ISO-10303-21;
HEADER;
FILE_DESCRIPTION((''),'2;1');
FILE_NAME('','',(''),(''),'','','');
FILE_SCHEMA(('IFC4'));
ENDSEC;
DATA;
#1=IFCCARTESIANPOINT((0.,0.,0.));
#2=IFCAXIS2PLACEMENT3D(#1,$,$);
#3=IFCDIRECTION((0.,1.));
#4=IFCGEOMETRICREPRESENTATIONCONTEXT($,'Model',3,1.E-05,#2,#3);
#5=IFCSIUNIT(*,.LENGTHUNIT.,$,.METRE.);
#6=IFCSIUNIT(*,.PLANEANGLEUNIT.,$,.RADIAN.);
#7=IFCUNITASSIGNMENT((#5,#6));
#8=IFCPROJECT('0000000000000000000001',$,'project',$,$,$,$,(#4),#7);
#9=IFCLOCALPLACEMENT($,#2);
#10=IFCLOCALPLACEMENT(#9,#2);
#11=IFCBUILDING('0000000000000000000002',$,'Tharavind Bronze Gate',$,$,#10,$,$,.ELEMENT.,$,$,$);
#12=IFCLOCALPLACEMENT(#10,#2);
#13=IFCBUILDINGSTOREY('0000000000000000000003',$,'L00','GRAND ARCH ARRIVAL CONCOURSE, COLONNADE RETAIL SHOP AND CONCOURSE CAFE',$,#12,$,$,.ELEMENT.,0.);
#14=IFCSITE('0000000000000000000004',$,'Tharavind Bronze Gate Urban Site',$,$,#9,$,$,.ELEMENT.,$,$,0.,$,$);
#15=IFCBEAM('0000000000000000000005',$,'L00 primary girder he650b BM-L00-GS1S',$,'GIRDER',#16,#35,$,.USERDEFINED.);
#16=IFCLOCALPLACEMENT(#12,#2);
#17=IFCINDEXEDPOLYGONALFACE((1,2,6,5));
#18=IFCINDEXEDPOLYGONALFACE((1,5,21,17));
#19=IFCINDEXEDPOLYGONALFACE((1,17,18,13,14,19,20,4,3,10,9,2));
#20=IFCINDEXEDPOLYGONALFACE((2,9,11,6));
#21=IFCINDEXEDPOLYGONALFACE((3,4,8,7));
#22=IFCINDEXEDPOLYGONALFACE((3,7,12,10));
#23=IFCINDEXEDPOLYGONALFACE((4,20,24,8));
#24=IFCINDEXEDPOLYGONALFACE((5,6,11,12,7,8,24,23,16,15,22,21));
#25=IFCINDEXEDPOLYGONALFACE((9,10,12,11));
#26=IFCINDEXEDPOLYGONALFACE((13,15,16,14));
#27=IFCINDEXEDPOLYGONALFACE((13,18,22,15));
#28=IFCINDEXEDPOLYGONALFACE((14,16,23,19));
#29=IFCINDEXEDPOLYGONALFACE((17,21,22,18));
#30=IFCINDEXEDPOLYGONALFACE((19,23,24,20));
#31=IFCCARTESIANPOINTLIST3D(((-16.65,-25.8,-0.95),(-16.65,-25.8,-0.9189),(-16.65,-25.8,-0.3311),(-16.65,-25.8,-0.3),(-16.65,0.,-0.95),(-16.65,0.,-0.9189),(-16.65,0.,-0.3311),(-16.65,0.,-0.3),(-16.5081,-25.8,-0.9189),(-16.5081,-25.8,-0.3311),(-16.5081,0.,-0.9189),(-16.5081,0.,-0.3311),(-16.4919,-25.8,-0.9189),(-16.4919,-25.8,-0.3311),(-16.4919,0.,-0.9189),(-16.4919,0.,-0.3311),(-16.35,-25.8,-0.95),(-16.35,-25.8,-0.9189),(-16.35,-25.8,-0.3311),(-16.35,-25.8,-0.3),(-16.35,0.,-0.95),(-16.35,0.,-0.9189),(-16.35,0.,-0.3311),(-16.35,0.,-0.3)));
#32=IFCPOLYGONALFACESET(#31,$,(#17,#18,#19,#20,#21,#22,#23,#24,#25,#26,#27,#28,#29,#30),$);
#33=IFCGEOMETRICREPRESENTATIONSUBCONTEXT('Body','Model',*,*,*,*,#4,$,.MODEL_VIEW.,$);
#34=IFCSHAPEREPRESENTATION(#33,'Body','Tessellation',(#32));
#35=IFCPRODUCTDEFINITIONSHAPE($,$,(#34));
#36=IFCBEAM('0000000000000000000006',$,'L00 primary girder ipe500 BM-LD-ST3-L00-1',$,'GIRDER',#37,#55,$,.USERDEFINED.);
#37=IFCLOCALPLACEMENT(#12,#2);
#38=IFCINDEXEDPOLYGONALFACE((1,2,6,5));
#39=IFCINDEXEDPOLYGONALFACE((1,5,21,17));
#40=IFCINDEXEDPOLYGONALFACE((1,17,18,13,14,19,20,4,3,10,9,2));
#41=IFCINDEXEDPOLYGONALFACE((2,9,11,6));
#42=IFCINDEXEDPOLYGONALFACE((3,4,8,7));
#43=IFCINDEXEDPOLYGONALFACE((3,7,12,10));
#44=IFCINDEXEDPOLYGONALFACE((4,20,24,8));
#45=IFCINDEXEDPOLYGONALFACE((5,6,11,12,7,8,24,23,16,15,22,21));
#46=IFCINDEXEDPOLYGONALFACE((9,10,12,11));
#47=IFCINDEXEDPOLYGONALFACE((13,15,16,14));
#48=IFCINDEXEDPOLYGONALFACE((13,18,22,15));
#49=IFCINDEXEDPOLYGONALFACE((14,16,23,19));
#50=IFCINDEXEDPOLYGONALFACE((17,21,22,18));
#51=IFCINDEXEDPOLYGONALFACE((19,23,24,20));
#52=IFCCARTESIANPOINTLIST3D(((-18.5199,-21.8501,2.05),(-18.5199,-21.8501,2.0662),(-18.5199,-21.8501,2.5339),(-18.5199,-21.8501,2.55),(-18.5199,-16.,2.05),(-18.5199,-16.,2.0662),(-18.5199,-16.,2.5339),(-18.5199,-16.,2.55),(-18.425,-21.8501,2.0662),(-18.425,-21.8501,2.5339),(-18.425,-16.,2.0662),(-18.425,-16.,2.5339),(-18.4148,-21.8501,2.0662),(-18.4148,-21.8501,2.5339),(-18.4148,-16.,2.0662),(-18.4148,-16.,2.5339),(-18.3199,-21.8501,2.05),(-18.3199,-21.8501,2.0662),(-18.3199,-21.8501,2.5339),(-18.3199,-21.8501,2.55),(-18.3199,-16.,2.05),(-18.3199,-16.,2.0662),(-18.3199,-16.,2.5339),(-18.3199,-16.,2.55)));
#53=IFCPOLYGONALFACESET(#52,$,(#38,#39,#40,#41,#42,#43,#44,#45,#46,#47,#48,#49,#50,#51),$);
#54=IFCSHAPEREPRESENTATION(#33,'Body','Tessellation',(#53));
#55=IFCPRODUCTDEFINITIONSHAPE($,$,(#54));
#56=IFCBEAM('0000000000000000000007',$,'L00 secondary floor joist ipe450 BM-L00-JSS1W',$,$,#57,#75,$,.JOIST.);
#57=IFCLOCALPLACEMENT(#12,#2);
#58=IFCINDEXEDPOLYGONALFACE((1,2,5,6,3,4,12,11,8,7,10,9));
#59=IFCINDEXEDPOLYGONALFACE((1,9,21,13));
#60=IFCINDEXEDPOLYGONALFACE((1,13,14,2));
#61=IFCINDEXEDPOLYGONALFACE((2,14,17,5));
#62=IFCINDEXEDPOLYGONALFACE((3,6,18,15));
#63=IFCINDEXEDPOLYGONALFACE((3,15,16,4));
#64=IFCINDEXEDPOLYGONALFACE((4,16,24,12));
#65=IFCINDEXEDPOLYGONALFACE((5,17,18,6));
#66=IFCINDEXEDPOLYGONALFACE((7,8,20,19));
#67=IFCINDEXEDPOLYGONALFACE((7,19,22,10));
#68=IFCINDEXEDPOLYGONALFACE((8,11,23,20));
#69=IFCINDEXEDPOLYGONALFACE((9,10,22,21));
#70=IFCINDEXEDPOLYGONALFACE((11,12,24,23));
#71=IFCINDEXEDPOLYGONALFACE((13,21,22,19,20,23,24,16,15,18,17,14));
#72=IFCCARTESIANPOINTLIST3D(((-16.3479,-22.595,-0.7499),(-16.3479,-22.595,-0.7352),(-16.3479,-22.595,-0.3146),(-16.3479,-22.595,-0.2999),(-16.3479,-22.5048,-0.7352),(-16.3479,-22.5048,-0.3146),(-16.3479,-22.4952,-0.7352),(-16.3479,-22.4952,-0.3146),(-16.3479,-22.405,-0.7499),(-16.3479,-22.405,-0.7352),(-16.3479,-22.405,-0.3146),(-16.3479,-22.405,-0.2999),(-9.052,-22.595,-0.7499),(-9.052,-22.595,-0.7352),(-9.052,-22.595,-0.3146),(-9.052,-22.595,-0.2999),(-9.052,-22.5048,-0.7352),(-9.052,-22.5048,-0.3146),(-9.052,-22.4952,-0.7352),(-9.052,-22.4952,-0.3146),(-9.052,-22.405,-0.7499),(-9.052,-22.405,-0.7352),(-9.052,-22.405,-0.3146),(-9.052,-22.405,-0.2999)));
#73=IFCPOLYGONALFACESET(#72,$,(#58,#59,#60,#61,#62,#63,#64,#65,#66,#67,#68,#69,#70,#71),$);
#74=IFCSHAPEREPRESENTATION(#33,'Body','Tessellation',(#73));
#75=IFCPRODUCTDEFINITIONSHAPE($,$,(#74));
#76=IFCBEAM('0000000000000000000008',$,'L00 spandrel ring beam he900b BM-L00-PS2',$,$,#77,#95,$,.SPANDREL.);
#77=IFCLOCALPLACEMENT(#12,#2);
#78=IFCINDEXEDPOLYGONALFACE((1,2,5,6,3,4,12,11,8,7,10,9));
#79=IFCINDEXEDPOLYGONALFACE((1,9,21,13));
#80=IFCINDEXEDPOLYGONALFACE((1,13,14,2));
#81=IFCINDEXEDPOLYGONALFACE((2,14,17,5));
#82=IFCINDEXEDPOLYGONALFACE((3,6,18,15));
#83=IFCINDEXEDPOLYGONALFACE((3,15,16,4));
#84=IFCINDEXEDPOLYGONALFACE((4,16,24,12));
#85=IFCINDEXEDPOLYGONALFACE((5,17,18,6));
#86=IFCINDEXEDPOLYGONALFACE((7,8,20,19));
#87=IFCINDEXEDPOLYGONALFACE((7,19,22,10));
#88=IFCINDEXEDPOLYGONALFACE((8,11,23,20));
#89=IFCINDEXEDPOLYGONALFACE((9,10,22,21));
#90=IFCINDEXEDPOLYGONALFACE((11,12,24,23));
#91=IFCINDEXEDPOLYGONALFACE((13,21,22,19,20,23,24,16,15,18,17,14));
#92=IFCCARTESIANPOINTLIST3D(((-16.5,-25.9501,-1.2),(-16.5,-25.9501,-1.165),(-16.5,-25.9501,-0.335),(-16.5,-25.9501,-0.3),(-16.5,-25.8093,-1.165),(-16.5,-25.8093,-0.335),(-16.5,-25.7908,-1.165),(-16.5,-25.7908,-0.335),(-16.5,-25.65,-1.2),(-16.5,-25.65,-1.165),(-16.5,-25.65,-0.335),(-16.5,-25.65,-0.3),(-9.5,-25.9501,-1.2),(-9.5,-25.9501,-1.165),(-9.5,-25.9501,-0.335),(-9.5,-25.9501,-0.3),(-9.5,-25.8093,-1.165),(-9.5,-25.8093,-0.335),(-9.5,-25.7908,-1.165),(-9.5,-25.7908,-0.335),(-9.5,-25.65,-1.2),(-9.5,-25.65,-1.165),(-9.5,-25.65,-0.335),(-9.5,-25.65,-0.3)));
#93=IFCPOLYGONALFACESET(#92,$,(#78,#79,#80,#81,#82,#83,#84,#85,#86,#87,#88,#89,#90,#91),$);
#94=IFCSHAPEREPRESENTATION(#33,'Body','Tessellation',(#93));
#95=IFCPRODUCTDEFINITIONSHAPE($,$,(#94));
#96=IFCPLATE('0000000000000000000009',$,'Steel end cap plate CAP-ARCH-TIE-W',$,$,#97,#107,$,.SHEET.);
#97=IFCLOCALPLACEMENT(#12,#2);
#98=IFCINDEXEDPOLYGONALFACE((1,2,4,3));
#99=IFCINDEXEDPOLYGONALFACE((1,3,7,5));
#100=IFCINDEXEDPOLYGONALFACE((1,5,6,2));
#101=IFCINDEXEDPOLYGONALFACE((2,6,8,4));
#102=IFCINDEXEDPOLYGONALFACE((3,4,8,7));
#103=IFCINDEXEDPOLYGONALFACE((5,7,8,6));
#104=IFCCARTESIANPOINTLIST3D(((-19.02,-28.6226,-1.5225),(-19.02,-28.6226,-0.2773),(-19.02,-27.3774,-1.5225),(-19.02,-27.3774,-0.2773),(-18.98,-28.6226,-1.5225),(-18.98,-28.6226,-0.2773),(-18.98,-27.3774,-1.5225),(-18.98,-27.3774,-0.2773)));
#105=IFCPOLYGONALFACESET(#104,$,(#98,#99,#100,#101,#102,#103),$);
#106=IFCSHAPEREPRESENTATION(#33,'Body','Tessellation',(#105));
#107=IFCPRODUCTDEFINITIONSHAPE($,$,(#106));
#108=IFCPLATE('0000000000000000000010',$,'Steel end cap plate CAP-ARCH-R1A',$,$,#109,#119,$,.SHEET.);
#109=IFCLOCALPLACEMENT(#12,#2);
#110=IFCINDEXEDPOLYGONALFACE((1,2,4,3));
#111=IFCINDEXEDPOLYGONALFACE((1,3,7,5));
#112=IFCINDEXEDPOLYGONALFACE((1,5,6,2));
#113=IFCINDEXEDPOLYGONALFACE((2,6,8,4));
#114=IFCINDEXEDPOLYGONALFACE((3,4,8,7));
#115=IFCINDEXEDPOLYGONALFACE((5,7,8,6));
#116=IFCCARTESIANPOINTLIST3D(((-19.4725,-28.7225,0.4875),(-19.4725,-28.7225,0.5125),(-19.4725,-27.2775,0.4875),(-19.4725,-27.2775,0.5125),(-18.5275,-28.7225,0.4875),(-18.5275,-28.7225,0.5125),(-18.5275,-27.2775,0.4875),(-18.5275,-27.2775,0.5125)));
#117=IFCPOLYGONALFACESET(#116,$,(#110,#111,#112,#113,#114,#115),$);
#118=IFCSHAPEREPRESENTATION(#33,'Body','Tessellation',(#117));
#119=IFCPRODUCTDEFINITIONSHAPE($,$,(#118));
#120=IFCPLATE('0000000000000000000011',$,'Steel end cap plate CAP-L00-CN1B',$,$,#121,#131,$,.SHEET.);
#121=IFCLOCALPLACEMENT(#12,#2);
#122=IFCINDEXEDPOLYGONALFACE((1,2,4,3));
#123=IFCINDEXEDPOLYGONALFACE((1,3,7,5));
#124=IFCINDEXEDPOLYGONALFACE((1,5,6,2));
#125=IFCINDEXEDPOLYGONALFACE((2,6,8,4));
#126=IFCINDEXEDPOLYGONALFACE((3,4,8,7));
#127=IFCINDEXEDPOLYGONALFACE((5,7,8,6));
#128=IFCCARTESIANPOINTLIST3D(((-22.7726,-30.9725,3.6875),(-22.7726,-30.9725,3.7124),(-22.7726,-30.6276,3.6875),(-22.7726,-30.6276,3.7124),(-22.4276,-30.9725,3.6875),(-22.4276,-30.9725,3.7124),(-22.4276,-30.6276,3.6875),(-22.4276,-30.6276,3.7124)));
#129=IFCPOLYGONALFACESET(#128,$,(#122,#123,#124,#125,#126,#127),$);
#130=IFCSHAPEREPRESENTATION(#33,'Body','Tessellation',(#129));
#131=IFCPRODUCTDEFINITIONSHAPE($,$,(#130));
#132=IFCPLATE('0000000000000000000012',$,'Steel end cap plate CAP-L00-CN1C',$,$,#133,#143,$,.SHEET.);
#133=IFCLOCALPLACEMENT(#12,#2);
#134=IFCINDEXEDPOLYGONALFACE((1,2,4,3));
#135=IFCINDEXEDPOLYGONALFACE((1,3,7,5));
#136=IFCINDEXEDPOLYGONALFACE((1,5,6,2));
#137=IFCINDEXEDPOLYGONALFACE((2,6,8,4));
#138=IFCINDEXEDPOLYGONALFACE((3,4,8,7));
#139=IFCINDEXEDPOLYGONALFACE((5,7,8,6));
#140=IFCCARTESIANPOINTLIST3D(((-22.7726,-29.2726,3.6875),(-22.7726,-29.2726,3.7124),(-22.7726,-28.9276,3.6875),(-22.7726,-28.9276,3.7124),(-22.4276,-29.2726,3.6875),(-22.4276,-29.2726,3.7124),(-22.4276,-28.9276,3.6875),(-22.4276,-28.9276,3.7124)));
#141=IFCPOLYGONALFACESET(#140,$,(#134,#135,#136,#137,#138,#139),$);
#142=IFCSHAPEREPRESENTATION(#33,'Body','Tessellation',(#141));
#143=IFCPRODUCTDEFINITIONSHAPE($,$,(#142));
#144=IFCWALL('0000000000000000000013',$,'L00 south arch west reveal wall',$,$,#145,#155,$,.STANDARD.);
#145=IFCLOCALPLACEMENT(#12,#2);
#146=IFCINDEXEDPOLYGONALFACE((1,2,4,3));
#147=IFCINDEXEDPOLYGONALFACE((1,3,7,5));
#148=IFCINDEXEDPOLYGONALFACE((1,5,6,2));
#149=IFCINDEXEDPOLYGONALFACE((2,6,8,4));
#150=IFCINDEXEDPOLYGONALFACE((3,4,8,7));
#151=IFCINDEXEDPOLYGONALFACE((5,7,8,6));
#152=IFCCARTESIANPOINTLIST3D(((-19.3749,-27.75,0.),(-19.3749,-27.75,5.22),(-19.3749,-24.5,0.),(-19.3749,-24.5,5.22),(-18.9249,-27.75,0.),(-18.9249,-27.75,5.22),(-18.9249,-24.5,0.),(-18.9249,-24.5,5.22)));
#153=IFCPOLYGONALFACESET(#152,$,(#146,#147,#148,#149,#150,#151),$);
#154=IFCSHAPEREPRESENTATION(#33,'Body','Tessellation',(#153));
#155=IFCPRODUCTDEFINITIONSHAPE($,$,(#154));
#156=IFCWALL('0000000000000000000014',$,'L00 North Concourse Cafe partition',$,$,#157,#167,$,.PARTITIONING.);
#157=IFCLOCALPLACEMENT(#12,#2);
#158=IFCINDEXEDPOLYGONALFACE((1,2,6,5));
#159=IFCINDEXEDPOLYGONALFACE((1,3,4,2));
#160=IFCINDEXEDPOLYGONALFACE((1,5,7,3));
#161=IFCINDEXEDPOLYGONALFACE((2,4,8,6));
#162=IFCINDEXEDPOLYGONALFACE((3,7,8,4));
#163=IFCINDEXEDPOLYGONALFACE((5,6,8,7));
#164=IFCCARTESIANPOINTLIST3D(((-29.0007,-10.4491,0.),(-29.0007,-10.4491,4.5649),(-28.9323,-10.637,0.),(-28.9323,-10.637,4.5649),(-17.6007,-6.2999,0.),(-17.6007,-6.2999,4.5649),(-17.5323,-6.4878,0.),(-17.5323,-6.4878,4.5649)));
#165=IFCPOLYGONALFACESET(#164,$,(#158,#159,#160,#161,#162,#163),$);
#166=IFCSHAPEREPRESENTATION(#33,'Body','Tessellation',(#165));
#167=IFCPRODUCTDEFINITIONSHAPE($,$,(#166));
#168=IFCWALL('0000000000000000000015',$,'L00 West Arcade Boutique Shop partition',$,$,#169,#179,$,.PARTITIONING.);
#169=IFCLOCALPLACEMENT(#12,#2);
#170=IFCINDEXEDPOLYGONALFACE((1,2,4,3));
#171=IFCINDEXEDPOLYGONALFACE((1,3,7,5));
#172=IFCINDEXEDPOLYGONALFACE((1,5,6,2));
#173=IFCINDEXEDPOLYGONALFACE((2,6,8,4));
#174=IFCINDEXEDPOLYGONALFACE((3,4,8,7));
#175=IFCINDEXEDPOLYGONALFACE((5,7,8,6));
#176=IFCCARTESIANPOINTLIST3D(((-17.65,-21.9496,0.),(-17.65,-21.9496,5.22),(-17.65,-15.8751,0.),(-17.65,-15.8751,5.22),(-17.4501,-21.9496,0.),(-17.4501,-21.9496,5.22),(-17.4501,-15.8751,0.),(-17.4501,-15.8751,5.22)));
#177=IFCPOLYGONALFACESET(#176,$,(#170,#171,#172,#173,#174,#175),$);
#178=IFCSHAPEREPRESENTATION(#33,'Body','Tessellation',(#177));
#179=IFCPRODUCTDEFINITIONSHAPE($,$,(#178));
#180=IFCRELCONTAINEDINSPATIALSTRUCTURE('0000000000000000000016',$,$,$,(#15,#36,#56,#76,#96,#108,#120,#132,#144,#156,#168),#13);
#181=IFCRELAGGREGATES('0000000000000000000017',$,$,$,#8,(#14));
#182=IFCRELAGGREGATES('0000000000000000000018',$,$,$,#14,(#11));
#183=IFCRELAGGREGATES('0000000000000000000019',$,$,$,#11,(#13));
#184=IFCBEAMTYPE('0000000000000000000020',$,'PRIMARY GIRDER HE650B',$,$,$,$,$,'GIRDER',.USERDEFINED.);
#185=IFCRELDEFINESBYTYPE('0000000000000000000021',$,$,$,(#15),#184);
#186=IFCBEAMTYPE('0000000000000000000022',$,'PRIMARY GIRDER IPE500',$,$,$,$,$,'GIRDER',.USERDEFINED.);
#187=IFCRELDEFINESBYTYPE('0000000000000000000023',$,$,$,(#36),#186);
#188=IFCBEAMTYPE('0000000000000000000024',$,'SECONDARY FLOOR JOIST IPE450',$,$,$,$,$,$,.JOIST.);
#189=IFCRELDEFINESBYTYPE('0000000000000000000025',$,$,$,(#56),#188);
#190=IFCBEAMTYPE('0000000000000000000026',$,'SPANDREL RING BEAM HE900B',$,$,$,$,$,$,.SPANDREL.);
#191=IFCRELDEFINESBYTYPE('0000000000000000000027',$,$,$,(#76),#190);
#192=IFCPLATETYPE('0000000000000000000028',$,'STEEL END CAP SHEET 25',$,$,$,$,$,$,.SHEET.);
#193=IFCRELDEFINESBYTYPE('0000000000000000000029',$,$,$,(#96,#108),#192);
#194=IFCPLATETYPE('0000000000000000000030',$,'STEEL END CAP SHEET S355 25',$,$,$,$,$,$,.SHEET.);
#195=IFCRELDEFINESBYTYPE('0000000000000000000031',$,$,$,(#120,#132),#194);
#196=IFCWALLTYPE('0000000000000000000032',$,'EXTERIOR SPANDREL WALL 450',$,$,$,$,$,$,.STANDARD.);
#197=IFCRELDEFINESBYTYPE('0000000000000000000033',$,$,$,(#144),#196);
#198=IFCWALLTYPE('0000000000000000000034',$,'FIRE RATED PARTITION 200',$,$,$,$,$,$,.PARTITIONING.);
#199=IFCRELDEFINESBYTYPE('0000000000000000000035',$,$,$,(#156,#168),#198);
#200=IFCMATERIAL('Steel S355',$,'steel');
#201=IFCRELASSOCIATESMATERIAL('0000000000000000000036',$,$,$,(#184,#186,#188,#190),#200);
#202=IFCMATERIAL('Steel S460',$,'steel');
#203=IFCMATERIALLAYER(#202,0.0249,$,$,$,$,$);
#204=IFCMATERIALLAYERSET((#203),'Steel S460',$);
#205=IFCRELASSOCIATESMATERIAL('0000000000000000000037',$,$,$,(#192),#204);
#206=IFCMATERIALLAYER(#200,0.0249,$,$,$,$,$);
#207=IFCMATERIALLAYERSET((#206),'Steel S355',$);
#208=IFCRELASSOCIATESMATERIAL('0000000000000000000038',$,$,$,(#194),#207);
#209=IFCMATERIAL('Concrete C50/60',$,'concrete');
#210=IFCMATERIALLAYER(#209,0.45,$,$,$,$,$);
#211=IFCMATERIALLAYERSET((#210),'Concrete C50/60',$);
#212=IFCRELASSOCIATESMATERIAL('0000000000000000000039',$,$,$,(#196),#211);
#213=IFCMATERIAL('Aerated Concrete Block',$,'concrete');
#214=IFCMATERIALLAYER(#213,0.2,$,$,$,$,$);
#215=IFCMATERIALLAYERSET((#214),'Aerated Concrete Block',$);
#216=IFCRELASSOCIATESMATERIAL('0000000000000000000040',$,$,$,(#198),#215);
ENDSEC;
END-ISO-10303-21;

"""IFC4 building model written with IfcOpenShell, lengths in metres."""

from ifc_helpers import new_model, si_unit, direction, frame, frame_2d, origin, origin_2d, place, context, subcontext, project, spatial, rectangle, i_section, extrude, material, layer, layer_set, material_profile, profile_set, type_object, element, save


model = new_model("IFC4")

# Units and contexts
model_context = context("Model", 3, precision=1e-05, world=origin(), true_north=direction((0.0, 1.0)))
body_context = subcontext(model_context, "Body", "Model", "MODEL_VIEW")
ifc_project = project(units=[si_unit("LENGTHUNIT", "METRE"), si_unit("PLANEANGLEUNIT", "RADIAN")], contexts=[model_context])

# Site, building, storey
site_placement = place(None, origin())
site = spatial("IfcSite", under=ifc_project, at=site_placement, Name="Tharavind Bronze Gate Urban Site", CompositionType="ELEMENT", RefElevation=0.0)
building_placement = place(site_placement, origin())
building = spatial("IfcBuilding", under=site, at=building_placement, Name="Tharavind Bronze Gate", CompositionType="ELEMENT")
storey_placement = place(building_placement, origin())
storey = spatial("IfcBuildingStorey", under=building, at=storey_placement, Name="L00", Description="GRAND ARCH ARRIVAL CONCOURSE, COLONNADE RETAIL SHOP AND CONCOURSE CAFE", CompositionType="ELEMENT", Elevation=0.0)

# Shared definitions
ifc_material_1 = material(Name="Steel S460", Category="steel")

# Beams
ifc_material_2 = material(Name="Steel S355", Category="steel")
ifc_material_profile_1 = material_profile(ifc_material_2, i_section(OverallWidth=0.3, OverallDepth=0.6499, WebThickness=0.0161, FlangeThickness=0.031, at=origin_2d()), Name="HE650B")
ifc_profile_set_1 = profile_set([ifc_material_profile_1], Name="Steel S355")
beam_type_1 = type_object("IfcBeamType", Name="PRIMARY GIRDER HE650B", ElementType="GIRDER", PredefinedType="USERDEFINED", material=ifc_profile_set_1)
beam_1_placement = place(storey_placement, frame((-16.5, -25.8, -0.625), z_axis=(0.0, 1.0, 0.0), x_axis=(-1.0, 0.0, 0.0)))
element("IfcBeam", 1, at=beam_1_placement, inside=storey, type_object=beam_type_1, Name="L00 primary girder he650b BM-L00-GS1S", ObjectType="GIRDER", PredefinedType="USERDEFINED", context=body_context, shape_type="SweptSolid", body=[
    extrude(i_section(OverallWidth=0.3, OverallDepth=0.6499, WebThickness=0.0161, FlangeThickness=0.031, at=origin_2d()), origin(), (0.0, 0.0, 1.0), 25.8),
])
ifc_material_profile_2 = material_profile(ifc_material_2, i_section(OverallWidth=0.2, OverallDepth=0.5, WebThickness=0.0103, FlangeThickness=0.0161, at=origin_2d()), Name="IPE500")
ifc_profile_set_2 = profile_set([ifc_material_profile_2], Name="Steel S355")
beam_type_2 = type_object("IfcBeamType", Name="PRIMARY GIRDER IPE500", ElementType="GIRDER", PredefinedType="USERDEFINED", material=ifc_profile_set_2)
beam_2_placement = place(storey_placement, frame((-18.4199, -21.8501, 2.3), z_axis=(0.0, 1.0, 0.0), x_axis=(-1.0, 0.0, 0.0)))
element("IfcBeam", 2, at=beam_2_placement, inside=storey, type_object=beam_type_2, Name="L00 primary girder ipe500 BM-LD-ST3-L00-1", ObjectType="GIRDER", PredefinedType="USERDEFINED", context=body_context, shape_type="SweptSolid", body=[
    extrude(i_section(OverallWidth=0.2, OverallDepth=0.5, WebThickness=0.0103, FlangeThickness=0.0161, at=origin_2d()), origin(), (0.0, 0.0, 1.0), 5.8501),
])
ifc_material_profile_3 = material_profile(ifc_material_2, i_section(OverallWidth=0.1899, OverallDepth=0.45, WebThickness=0.0095, FlangeThickness=0.0146, at=origin_2d()), Name="IPE450")
ifc_profile_set_3 = profile_set([ifc_material_profile_3], Name="Steel S355")
beam_type_3 = type_object("IfcBeamType", Name="SECONDARY FLOOR JOIST IPE450", PredefinedType="JOIST", material=ifc_profile_set_3)
beam_3_placement = place(storey_placement, frame((-16.3479, -22.5, -0.5249), z_axis=(1.0, 0.0, 0.0), x_axis=(0.0, 1.0, 0.0)))
element("IfcBeam", 3, at=beam_3_placement, inside=storey, type_object=beam_type_3, Name="L00 secondary floor joist ipe450 BM-L00-JSS1W", PredefinedType="JOIST", context=body_context, shape_type="SweptSolid", body=[
    extrude(i_section(OverallWidth=0.1899, OverallDepth=0.45, WebThickness=0.0095, FlangeThickness=0.0146, at=origin_2d()), origin(), (0.0, 0.0, 1.0), 7.2959),
])
ifc_material_profile_4 = material_profile(ifc_material_2, i_section(OverallWidth=0.3, OverallDepth=0.8999, WebThickness=0.0186, FlangeThickness=0.0349, at=origin_2d()), Name="HE900B")
ifc_profile_set_4 = profile_set([ifc_material_profile_4], Name="Steel S355")
beam_type_4 = type_object("IfcBeamType", Name="SPANDREL RING BEAM HE900B", PredefinedType="SPANDREL", material=ifc_profile_set_4)
beam_4_placement = place(storey_placement, frame((-16.5, -25.8, -0.75), z_axis=(1.0, 0.0, 0.0), x_axis=(0.0, 1.0, 0.0)))
element("IfcBeam", 4, at=beam_4_placement, inside=storey, type_object=beam_type_4, Name="L00 spandrel ring beam he900b BM-L00-PS2", PredefinedType="SPANDREL", context=body_context, shape_type="SweptSolid", body=[
    extrude(i_section(OverallWidth=0.3, OverallDepth=0.8999, WebThickness=0.0186, FlangeThickness=0.0349, at=origin_2d()), origin(), (0.0, 0.0, 1.0), 7.0),
])

# Plates
ifc_layer_1 = layer(ifc_material_1, 0.0249)
ifc_layer_set_1 = layer_set([ifc_layer_1], Name="Steel S460")
plate_type_1 = type_object("IfcPlateType", Name="STEEL END CAP SHEET 25", PredefinedType="SHEET", material=ifc_layer_set_1)
plate_1_placement = place(storey_placement, frame((-19.0, -28.0, -1.5225), z_axis=(0.0, 0.0, 1.0), x_axis=(1.0, 0.0, 0.0)))
element("IfcPlate", 5, at=plate_1_placement, inside=storey, type_object=plate_type_1, Name="Steel end cap plate CAP-ARCH-TIE-W", PredefinedType="SHEET", context=body_context, shape_type="SweptSolid", body=[
    extrude(rectangle(XDim=0.04, YDim=1.2451, at=origin_2d()), origin(), (0.0, 0.0, 1.0), 1.2451),
])
plate_2_placement = place(storey_placement, frame((-19.0, -28.0, 0.4875), z_axis=(0.0, 0.0, 1.0), x_axis=(1.0, 0.0, 0.0)))
element("IfcPlate", 6, at=plate_2_placement, inside=storey, type_object=plate_type_1, Name="Steel end cap plate CAP-ARCH-R1A", PredefinedType="SHEET", context=body_context, shape_type="SweptSolid", body=[
    extrude(rectangle(XDim=0.9451, YDim=1.4451, at=origin_2d()), origin(), (0.0, 0.0, 1.0), 0.0249),
])
ifc_layer_2 = layer(ifc_material_2, 0.0249)
ifc_layer_set_2 = layer_set([ifc_layer_2], Name="Steel S355")
plate_type_2 = type_object("IfcPlateType", Name="STEEL END CAP SHEET S355 25", PredefinedType="SHEET", material=ifc_layer_set_2)
for number, where, z_axis, x_axis, name in (
    (7, (-22.6001, -30.8, 3.6875), (0.0, 0.0, 1.0), (1.0, 0.0, 0.0), "Steel end cap plate CAP-L00-CN1B"),
    (8, (-22.6001, -29.1001, 3.6875), (0.0, 0.0, 1.0), (1.0, 0.0, 0.0), "Steel end cap plate CAP-L00-CN1C"),
):
    element("IfcPlate", number, at=place(storey_placement, frame(where, z_axis=z_axis, x_axis=x_axis)), inside=storey, type_object=plate_type_2, Name=name, PredefinedType="SHEET", context=body_context, shape_type="SweptSolid", body=[
        extrude(rectangle(XDim=0.345, YDim=0.345, at=origin_2d()), origin(), (0.0, 0.0, 1.0), 0.0249),
    ])

# Walls
ifc_material_3 = material(Name="Concrete C50/60", Category="concrete")
ifc_layer_3 = layer(ifc_material_3, 0.45)
ifc_layer_set_3 = layer_set([ifc_layer_3], Name="Concrete C50/60")
wall_type_1 = type_object("IfcWallType", Name="EXTERIOR SPANDREL WALL 450", PredefinedType="STANDARD", material=ifc_layer_set_3)
wall_1_placement = place(storey_placement, frame((-19.1499, -27.75, 0.0), z_axis=(0.0, 0.0, 1.0), x_axis=(0.0, 1.0, 0.0)))
element("IfcWall", 9, at=wall_1_placement, inside=storey, type_object=wall_type_1, Name="L00 south arch west reveal wall", PredefinedType="STANDARD", context=body_context, shape_type="SweptSolid", body=[
    extrude(rectangle(XDim=3.25, YDim=0.45, at=frame_2d((1.625, 0.0))), origin(), (0.0, 0.0, 1.0), 5.22),
])
ifc_material_4 = material(Name="Aerated Concrete Block", Category="concrete")
ifc_layer_4 = layer(ifc_material_4, 0.2)
ifc_layer_set_4 = layer_set([ifc_layer_4], Name="Aerated Concrete Block")
wall_type_2 = type_object("IfcWallType", Name="FIRE RATED PARTITION 200", PredefinedType="PARTITIONING", material=ifc_layer_set_4)
wall_2_placement = place(storey_placement, frame((-17.5664, -6.3938, 0.0), z_axis=(0.0, 0.0, 1.0), x_axis=(-0.939694, -0.342016, 0.0)))
element("IfcWall", 10, at=wall_2_placement, inside=storey, type_object=wall_type_2, Name="L00 North Concourse Cafe partition", PredefinedType="PARTITIONING", context=body_context, shape_type="SweptSolid", body=[
    extrude(rectangle(XDim=12.1316, YDim=0.2, at=frame_2d((6.0659, 0.0))), origin(), (0.0, 0.0, 1.0), 4.5649),
])
wall_3_placement = place(storey_placement, frame((-17.55, -21.9495, 0.0), z_axis=(0.0, 0.0, 1.0), x_axis=(0.0, 1.0, 0.0)))
element("IfcWall", 11, at=wall_3_placement, inside=storey, type_object=wall_type_2, Name="L00 West Arcade Boutique Shop partition", PredefinedType="PARTITIONING", context=body_context, shape_type="SweptSolid", body=[
    extrude(rectangle(XDim=6.0745, YDim=0.2, at=frame_2d((3.0371, 0.0))), origin(), (0.0, 0.0, 1.0), 5.22),
])

save(model, "model.ifc")
